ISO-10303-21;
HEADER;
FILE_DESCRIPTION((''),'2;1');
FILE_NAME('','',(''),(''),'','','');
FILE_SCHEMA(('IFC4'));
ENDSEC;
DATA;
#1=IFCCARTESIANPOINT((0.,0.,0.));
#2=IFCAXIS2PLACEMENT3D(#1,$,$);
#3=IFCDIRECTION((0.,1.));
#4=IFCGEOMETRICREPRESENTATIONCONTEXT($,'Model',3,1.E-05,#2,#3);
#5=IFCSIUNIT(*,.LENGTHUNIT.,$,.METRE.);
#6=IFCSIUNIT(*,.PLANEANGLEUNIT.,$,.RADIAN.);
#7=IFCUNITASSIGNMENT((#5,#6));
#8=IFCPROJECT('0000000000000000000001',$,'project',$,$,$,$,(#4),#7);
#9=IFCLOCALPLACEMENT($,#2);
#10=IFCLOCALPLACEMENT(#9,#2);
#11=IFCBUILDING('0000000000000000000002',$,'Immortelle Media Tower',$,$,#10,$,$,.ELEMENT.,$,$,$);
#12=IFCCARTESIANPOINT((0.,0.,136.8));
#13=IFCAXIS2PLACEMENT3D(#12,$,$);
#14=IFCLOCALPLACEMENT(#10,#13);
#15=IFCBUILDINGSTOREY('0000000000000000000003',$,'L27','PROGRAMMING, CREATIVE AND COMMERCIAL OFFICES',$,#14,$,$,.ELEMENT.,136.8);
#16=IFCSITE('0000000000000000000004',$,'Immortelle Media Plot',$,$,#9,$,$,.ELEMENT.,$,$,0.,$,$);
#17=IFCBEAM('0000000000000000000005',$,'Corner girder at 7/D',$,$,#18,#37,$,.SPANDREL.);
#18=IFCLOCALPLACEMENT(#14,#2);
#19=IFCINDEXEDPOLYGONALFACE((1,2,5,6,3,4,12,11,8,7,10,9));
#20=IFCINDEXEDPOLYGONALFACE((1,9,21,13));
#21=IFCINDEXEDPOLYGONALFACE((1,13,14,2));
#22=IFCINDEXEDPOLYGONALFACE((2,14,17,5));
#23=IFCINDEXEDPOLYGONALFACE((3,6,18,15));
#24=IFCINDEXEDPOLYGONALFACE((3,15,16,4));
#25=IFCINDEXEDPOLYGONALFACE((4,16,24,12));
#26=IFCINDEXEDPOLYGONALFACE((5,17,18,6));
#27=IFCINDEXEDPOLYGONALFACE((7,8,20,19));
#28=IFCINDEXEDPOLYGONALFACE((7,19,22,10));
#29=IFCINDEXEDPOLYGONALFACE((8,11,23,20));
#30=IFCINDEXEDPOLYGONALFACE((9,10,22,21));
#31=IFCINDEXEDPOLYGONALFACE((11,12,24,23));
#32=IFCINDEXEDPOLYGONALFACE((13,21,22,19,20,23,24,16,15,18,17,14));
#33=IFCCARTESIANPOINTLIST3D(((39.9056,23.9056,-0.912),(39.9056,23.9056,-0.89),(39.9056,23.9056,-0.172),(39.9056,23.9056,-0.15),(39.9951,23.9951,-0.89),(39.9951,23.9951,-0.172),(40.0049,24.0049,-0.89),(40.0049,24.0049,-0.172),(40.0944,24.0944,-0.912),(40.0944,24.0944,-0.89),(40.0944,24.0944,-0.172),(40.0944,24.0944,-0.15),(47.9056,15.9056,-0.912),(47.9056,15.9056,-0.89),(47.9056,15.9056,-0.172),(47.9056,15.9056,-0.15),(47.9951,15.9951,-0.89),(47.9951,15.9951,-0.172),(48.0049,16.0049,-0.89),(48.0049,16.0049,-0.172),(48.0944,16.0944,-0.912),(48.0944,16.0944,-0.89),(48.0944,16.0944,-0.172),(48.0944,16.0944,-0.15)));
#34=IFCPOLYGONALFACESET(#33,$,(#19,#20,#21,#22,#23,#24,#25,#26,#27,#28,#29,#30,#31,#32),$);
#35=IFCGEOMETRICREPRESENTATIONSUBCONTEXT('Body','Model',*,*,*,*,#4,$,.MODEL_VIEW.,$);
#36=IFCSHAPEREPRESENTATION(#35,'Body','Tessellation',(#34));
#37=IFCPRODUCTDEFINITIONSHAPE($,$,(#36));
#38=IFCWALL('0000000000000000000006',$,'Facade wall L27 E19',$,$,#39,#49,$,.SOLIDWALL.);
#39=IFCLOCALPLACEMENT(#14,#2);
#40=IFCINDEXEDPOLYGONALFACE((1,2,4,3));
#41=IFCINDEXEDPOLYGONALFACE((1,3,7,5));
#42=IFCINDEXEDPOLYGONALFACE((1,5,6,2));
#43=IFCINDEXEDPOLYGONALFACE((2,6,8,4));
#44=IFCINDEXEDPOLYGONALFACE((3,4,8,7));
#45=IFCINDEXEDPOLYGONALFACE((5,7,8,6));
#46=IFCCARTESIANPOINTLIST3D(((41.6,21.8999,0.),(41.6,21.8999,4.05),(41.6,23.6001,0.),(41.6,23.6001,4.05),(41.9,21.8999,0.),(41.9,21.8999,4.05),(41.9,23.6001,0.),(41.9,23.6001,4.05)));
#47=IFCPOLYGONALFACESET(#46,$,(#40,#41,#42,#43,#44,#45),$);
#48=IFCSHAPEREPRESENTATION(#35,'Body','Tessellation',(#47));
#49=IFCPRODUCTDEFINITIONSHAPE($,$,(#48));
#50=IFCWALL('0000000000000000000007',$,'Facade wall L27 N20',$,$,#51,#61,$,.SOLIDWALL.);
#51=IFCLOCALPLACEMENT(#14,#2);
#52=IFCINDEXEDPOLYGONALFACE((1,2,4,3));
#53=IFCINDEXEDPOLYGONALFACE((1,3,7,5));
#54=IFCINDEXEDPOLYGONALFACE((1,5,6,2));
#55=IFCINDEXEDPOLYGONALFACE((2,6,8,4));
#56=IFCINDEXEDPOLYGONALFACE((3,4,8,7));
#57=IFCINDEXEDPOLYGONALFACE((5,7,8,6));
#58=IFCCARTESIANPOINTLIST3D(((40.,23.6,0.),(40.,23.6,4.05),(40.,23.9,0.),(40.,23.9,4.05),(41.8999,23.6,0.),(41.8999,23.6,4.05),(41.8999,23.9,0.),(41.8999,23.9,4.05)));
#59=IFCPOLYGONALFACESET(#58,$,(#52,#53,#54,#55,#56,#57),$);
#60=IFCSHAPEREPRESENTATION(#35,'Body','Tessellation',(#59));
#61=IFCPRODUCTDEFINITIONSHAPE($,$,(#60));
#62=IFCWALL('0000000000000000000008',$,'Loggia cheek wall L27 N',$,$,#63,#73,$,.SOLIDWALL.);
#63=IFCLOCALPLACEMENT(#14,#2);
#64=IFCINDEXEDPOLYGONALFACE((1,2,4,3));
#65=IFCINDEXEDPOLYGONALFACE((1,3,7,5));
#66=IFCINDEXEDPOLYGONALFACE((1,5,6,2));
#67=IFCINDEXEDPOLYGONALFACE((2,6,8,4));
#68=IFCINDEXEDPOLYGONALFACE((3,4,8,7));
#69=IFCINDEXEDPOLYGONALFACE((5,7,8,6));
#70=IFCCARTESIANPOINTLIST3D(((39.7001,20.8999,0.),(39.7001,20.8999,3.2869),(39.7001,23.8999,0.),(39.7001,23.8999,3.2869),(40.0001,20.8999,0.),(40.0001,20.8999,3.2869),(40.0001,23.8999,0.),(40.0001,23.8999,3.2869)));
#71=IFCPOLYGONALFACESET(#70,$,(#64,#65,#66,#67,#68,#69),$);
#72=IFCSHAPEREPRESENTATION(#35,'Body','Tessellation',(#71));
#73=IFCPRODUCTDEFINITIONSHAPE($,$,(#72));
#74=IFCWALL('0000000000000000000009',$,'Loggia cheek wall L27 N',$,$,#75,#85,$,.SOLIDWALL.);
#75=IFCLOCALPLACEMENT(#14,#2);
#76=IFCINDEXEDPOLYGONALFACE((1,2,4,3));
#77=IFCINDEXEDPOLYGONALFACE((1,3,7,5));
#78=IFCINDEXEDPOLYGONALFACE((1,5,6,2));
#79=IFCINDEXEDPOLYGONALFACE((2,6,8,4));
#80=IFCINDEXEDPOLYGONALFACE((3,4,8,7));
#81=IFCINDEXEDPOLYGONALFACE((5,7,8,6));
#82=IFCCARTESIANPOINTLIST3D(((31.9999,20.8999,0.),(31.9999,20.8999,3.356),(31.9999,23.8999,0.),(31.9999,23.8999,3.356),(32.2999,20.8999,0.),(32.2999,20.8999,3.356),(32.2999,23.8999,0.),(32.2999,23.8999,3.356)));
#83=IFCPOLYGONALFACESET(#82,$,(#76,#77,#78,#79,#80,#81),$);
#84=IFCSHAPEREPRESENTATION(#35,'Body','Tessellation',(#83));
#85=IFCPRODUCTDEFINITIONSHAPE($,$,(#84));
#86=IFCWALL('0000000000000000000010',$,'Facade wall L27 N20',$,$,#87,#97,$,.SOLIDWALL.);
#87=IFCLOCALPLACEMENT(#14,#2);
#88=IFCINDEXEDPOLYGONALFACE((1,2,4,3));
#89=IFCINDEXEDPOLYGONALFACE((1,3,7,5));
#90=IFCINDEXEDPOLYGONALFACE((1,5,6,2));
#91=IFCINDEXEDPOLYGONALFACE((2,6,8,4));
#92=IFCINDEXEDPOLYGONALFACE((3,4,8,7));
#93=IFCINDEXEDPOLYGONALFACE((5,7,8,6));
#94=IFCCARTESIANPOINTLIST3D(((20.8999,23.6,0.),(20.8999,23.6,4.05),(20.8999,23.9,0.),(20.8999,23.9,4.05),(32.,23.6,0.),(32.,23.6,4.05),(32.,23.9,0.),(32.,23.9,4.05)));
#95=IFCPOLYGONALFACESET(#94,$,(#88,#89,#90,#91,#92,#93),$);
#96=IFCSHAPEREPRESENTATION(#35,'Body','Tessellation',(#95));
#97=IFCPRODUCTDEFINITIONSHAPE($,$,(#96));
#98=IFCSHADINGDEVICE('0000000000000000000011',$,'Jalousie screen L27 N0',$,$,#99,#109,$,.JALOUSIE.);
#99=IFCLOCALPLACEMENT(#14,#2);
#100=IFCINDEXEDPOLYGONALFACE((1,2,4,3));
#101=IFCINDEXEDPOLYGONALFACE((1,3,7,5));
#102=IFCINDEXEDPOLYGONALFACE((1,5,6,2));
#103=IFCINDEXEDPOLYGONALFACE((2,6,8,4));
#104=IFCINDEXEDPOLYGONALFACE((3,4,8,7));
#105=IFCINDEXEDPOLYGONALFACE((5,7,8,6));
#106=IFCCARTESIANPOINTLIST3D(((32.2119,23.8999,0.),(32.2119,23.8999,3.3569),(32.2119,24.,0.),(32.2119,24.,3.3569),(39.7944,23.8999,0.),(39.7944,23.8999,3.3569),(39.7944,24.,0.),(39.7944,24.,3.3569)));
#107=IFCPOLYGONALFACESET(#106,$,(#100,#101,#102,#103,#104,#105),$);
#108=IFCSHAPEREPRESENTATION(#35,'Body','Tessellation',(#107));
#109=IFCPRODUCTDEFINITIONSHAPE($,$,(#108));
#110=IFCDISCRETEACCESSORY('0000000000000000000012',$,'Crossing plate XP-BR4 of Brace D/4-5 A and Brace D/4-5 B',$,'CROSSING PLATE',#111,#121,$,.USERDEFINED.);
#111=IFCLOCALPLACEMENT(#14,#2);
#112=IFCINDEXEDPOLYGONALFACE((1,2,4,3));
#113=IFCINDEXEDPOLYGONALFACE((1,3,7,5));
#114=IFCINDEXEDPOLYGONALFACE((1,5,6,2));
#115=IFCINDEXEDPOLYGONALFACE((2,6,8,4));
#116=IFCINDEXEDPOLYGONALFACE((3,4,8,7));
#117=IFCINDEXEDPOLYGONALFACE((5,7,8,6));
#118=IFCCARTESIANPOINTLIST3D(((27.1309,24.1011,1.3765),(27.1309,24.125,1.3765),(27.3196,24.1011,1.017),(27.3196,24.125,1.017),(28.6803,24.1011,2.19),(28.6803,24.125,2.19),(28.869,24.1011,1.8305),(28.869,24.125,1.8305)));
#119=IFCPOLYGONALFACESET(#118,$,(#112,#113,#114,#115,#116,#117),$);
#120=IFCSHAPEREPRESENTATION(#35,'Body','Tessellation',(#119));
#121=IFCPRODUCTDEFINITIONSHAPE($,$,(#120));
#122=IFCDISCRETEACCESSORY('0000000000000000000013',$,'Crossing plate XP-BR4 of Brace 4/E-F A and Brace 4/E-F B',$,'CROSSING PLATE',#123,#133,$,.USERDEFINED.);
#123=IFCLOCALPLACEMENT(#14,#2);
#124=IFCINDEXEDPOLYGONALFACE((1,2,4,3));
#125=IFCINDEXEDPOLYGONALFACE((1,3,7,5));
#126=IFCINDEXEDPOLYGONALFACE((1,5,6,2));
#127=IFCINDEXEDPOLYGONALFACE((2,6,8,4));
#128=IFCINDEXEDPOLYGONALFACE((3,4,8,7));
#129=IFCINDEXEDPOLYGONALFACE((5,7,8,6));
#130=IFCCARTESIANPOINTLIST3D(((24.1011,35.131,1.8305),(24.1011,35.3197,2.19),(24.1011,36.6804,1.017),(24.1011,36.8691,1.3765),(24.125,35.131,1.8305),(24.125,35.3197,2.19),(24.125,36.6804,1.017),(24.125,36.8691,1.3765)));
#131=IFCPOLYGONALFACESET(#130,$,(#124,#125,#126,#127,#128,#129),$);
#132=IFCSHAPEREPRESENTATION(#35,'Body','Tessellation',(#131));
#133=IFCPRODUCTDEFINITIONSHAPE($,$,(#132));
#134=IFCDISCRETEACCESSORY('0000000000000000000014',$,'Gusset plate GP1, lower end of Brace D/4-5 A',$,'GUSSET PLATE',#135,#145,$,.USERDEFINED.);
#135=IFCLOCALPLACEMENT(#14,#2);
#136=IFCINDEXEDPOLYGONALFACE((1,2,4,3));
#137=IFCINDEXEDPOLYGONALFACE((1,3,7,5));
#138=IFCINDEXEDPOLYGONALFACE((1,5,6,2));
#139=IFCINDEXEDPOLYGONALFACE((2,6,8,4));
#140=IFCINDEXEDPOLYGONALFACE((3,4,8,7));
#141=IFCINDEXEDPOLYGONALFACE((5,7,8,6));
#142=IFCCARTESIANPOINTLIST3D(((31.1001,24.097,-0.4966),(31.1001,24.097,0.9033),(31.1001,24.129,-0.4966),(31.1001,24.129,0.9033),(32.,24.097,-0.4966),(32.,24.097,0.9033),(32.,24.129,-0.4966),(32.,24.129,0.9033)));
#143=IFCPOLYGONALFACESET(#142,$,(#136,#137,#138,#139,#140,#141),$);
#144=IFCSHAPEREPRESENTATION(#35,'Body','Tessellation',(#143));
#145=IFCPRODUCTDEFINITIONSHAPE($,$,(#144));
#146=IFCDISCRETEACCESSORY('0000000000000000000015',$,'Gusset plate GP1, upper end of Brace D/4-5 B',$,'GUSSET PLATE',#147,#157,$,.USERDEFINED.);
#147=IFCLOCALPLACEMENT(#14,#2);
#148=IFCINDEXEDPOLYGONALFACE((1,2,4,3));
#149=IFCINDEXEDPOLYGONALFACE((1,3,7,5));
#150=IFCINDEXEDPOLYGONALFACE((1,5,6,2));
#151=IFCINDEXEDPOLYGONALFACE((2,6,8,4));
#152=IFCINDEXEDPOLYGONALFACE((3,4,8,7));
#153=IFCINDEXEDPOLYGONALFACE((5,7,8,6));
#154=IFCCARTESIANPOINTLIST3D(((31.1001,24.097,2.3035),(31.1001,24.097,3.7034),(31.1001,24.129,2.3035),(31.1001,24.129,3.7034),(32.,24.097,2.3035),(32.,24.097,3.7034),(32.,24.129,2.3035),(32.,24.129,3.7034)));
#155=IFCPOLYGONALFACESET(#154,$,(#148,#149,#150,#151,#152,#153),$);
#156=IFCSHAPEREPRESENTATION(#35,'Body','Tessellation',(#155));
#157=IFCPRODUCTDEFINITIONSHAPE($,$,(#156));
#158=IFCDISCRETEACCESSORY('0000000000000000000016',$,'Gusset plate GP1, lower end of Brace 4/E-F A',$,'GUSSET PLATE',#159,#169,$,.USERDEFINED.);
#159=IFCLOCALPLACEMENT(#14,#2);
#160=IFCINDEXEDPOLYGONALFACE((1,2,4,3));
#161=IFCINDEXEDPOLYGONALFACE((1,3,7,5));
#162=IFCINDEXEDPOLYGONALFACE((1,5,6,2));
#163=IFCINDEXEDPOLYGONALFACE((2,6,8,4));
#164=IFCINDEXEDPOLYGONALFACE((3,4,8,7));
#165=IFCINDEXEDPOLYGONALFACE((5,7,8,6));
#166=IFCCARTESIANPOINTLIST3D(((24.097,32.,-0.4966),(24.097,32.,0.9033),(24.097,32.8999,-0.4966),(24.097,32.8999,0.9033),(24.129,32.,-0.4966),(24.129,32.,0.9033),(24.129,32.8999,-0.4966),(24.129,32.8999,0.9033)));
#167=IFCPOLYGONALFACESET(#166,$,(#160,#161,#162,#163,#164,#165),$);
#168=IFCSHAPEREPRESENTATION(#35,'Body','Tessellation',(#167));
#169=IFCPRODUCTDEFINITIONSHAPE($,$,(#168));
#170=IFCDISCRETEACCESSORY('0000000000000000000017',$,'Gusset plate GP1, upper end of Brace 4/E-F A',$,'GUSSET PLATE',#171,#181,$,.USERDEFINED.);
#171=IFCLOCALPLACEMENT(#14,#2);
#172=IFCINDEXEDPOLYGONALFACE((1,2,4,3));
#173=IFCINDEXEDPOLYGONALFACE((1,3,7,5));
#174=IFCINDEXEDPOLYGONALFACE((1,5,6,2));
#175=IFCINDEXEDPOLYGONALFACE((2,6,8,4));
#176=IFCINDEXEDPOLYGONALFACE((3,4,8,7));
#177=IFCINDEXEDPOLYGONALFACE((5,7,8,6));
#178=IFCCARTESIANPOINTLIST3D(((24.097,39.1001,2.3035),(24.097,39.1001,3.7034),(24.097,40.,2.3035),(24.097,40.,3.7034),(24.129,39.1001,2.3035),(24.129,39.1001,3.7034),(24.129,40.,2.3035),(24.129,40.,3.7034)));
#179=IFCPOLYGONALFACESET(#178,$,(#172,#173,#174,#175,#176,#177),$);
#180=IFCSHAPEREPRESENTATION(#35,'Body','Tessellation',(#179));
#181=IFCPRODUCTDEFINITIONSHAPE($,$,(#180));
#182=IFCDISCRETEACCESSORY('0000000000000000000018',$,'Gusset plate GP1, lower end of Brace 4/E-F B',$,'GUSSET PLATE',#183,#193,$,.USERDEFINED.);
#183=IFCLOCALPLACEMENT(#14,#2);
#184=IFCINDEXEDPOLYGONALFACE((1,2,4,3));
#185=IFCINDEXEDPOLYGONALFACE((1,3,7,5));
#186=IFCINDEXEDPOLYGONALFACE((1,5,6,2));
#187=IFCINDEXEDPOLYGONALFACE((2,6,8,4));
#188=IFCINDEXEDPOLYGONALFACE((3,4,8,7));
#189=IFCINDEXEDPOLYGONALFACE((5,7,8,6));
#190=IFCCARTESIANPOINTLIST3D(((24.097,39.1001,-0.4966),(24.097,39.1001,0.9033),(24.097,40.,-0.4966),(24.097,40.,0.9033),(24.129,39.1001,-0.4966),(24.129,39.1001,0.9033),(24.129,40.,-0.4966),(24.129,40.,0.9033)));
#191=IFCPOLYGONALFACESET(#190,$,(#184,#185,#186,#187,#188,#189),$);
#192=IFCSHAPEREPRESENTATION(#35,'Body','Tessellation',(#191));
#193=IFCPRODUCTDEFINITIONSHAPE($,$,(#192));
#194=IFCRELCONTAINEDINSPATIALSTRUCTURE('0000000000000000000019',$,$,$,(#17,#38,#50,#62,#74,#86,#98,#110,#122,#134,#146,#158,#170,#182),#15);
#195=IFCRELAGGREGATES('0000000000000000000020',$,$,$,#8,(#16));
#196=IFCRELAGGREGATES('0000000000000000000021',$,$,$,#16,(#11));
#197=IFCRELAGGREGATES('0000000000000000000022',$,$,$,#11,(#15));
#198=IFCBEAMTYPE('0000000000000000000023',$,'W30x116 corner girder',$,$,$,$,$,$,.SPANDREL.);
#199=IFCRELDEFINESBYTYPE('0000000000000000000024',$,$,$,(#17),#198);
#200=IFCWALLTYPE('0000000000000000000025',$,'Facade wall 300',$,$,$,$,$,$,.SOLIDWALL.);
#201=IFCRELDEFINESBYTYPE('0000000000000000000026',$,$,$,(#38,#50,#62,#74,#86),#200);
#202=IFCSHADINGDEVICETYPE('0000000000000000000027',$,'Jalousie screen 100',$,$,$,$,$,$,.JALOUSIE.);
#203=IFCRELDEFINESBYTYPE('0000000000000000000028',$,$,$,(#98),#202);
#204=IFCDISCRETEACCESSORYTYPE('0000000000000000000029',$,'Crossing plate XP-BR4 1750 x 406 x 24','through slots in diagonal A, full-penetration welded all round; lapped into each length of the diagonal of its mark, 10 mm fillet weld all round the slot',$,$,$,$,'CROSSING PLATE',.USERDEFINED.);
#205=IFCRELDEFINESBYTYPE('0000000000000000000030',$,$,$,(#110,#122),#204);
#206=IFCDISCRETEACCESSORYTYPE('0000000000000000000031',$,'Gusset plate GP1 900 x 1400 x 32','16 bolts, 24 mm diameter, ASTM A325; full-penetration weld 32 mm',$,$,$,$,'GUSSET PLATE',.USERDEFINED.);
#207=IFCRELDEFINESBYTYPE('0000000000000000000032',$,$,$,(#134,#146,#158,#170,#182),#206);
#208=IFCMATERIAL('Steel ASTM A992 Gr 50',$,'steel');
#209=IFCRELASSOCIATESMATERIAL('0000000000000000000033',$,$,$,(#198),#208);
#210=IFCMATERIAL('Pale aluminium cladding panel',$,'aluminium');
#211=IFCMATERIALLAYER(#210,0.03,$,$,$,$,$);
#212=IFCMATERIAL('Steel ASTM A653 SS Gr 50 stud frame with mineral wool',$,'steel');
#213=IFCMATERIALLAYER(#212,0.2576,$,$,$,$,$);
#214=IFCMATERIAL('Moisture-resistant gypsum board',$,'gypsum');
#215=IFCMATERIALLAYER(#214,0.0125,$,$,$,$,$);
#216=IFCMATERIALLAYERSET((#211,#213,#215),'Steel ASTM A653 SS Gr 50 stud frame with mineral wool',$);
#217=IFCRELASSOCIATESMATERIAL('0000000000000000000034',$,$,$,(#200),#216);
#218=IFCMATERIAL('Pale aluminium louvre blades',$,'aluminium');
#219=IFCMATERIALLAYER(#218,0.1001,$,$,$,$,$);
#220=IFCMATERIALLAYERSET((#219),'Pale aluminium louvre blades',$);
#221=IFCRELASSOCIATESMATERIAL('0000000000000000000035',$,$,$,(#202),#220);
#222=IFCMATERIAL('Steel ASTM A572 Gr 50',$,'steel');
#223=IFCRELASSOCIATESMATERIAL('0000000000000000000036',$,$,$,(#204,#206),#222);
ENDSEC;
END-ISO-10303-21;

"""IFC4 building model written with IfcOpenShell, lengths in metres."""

from ifc_helpers import new_model, si_unit, direction, frame, frame_2d, origin, origin_2d, place, context, subcontext, project, spatial, rectangle, i_section, extrude, material, layer, layer_set, material_profile, profile_set, type_object, element, save


model = new_model("IFC4")

# Units and contexts
model_context = context("Model", 3, precision=1e-05, world=origin(), true_north=direction((0.0, 1.0)))
body_context = subcontext(model_context, "Body", "Model", "MODEL_VIEW")
ifc_project = project(units=[si_unit("LENGTHUNIT", "METRE"), si_unit("PLANEANGLEUNIT", "RADIAN")], contexts=[model_context])

# Site, building, storey
site_placement = place(None, origin())
site = spatial("IfcSite", under=ifc_project, at=site_placement, Name="Immortelle Media Plot", CompositionType="ELEMENT", RefElevation=0.0)
building_placement = place(site_placement, origin())
building = spatial("IfcBuilding", under=site, at=building_placement, Name="Immortelle Media Tower", CompositionType="ELEMENT")
storey_placement = place(building_placement, frame((0.0, 0.0, 136.8)))
storey = spatial("IfcBuildingStorey", under=building, at=storey_placement, Name="L27", Description="PROGRAMMING, CREATIVE AND COMMERCIAL OFFICES", CompositionType="ELEMENT", Elevation=136.8)

# Shared definitions
ifc_material_1 = material(Name="Steel ASTM A992 Gr 50", Category="steel")

# Beam
ifc_material_profile_1 = material_profile(ifc_material_1, i_section(OverallWidth=0.2671, OverallDepth=0.762, WebThickness=0.0139, FlangeThickness=0.022, at=origin_2d()), Name="W30x116")
ifc_profile_set_1 = profile_set([ifc_material_profile_1], Name="Steel ASTM A992 Gr 50")
beam_type_1 = type_object("IfcBeamType", Name="W30x116 corner girder", PredefinedType="SPANDREL", material=ifc_profile_set_1)
beam_1_placement = place(storey_placement, frame((40.0, 24.0, -0.531), z_axis=(0.707107, -0.707107, 0.0), x_axis=(0.707107, 0.707107, 0.0)))
element("IfcBeam", 1, at=beam_1_placement, inside=storey, type_object=beam_type_1, Name="Corner girder at 7/D", PredefinedType="SPANDREL", context=body_context, shape_type="SweptSolid", body=[
    extrude(i_section(OverallWidth=0.2671, OverallDepth=0.762, WebThickness=0.0139, FlangeThickness=0.022, at=origin_2d()), origin(), (0.0, 0.0, 1.0), 11.3137),
])

# Walls
ifc_material_2 = material(Name="Pale aluminium cladding panel", Category="aluminium")
ifc_layer_1 = layer(ifc_material_2, 0.03)
ifc_material_3 = material(Name="Steel ASTM A653 SS Gr 50 stud frame with mineral wool", Category="steel")
ifc_layer_2 = layer(ifc_material_3, 0.2576)
ifc_material_4 = material(Name="Moisture-resistant gypsum board", Category="gypsum")
ifc_layer_3 = layer(ifc_material_4, 0.0125)
ifc_layer_set_1 = layer_set([ifc_layer_1, ifc_layer_2, ifc_layer_3], Name="Steel ASTM A653 SS Gr 50 stud frame with mineral wool")
wall_type = type_object("IfcWallType", Name="Facade wall 300", PredefinedType="SOLIDWALL", material=ifc_layer_set_1)
wall_1_placement = place(storey_placement, frame((41.75, 21.8999, 0.0), z_axis=(0.0, 0.0, 1.0), x_axis=(0.0, 1.0, 0.0)))
element("IfcWall", 2, at=wall_1_placement, inside=storey, type_object=wall_type, Name="Facade wall L27 E19", PredefinedType="SOLIDWALL", context=body_context, shape_type="SweptSolid", body=[
    extrude(rectangle(XDim=1.7002, YDim=0.3, at=frame_2d((0.8501, 0.0))), origin(), (0.0, 0.0, 1.0), 4.05),
])
wall_2_placement = place(storey_placement, frame((41.8999, 23.75, 0.0), z_axis=(0.0, 0.0, 1.0), x_axis=(-1.0, 0.0, 0.0)))
element("IfcWall", 3, at=wall_2_placement, inside=storey, type_object=wall_type, Name="Facade wall L27 N20", PredefinedType="SOLIDWALL", context=body_context, shape_type="SweptSolid", body=[
    extrude(rectangle(XDim=1.8999, YDim=0.3, at=frame_2d((0.95, 0.0))), origin(), (0.0, 0.0, 1.0), 4.05),
])
wall_3_placement = place(storey_placement, frame((39.8501, 23.8999, 0.0), z_axis=(0.0, 0.0, 1.0), x_axis=(0.0, -1.0, 0.0)))
element("IfcWall", 4, at=wall_3_placement, inside=storey, type_object=wall_type, Name="Loggia cheek wall L27 N", PredefinedType="SOLIDWALL", context=body_context, shape_type="SweptSolid", body=[
    extrude(rectangle(XDim=3.0, YDim=0.3, at=frame_2d((1.5, 0.0))), origin(), (0.0, 0.0, 1.0), 3.2869),
])
wall_4_placement = place(storey_placement, frame((32.1499, 23.8999, 0.0), z_axis=(0.0, 0.0, 1.0), x_axis=(0.0, -1.0, 0.0)))
element("IfcWall", 5, at=wall_4_placement, inside=storey, type_object=wall_type, Name="Loggia cheek wall L27 N", PredefinedType="SOLIDWALL", context=body_context, shape_type="SweptSolid", body=[
    extrude(rectangle(XDim=3.0, YDim=0.3, at=frame_2d((1.5, 0.0))), origin(), (0.0, 0.0, 1.0), 3.356),
])
wall_5_placement = place(storey_placement, frame((32.0, 23.75, 0.0), z_axis=(0.0, 0.0, 1.0), x_axis=(-1.0, 0.0, 0.0)))
element("IfcWall", 6, at=wall_5_placement, inside=storey, type_object=wall_type, Name="Facade wall L27 N20", PredefinedType="SOLIDWALL", context=body_context, shape_type="SweptSolid", body=[
    extrude(rectangle(XDim=11.1001, YDim=0.3, at=frame_2d((5.55, 0.0))), origin(), (0.0, 0.0, 1.0), 4.05),
])

# Shading device
ifc_material_5 = material(Name="Pale aluminium louvre blades", Category="aluminium")
ifc_layer_4 = layer(ifc_material_5, 0.1001)
ifc_layer_set_2 = layer_set([ifc_layer_4], Name="Pale aluminium louvre blades")
shading_device_type = type_object("IfcShadingDeviceType", Name="Jalousie screen 100", PredefinedType="JALOUSIE", material=ifc_layer_set_2)
shading_device_placement = place(storey_placement, frame((36.0032, 23.95, 0.0), z_axis=(0.0, 0.0, 1.0), x_axis=(-1.0, 0.0, 0.0)))
element("IfcShadingDevice", 7, at=shading_device_placement, inside=storey, type_object=shading_device_type, Name="Jalousie screen L27 N0", PredefinedType="JALOUSIE", context=body_context, shape_type="SweptSolid", body=[
    extrude(rectangle(XDim=7.5825, YDim=0.1001, at=origin_2d()), origin(), (0.0, 0.0, 1.0), 3.3569),
])

# Discrete accessories
ifc_material_6 = material(Name="Steel ASTM A572 Gr 50", Category="steel")
ifc_material_profile_2 = material_profile(ifc_material_6, rectangle(XDim=0.0239, YDim=0.406, at=origin_2d()), Name="PL 24 x 406")
ifc_profile_set_2 = profile_set([ifc_material_profile_2], Name="Steel ASTM A572 Gr 50")
discrete_accessory_type_1 = type_object("IfcDiscreteAccessoryType", Name="Crossing plate XP-BR4 1750 x 406 x 24", Description="through slots in diagonal A, full-penetration welded all round; lapped into each length of the diagonal of its mark, 10 mm fillet weld all round the slot", ElementType="CROSSING PLATE", PredefinedType="USERDEFINED", material=ifc_profile_set_2)
for number, where, z_axis, x_axis, name in (
    (8, (28.7747, 24.113, 2.0103), (-0.885378, 0.0, -0.464872), (0.0, -1.0, 0.0), "Crossing plate XP-BR4 of Brace D/4-5 A and Brace D/4-5 B"),
    (9, (24.113, 35.2253, 2.0103), (0.0, 0.885378, -0.464872), (-1.0, 0.0, 0.0), "Crossing plate XP-BR4 of Brace 4/E-F A and Brace 4/E-F B"),
):
    element("IfcDiscreteAccessory", number, at=place(storey_placement, frame(where, z_axis=z_axis, x_axis=x_axis)), inside=storey, type_object=discrete_accessory_type_1, Name=name, ObjectType="CROSSING PLATE", PredefinedType="USERDEFINED", context=body_context, shape_type="SweptSolid", body=[
        extrude(rectangle(XDim=0.0239, YDim=0.406, at=origin_2d()), origin(), (0.0, 0.0, 1.0), 1.75),
    ])
ifc_material_profile_3 = material_profile(ifc_material_6, rectangle(XDim=0.032, YDim=1.3999, at=origin_2d()), Name="PL 32 x 1400")
ifc_profile_set_3 = profile_set([ifc_material_profile_3], Name="Steel ASTM A572 Gr 50")
discrete_accessory_type_2 = type_object("IfcDiscreteAccessoryType", Name="Gusset plate GP1 900 x 1400 x 32", Description="16 bolts, 24 mm diameter, ASTM A325; full-penetration weld 32 mm", ElementType="GUSSET PLATE", PredefinedType="USERDEFINED", material=ifc_profile_set_3)
for number, where, z_axis, x_axis, name in (
    (10, (32.0, 24.113, 0.2034), (-1.0, 0.0, 0.0), (0.0, -1.0, 0.0), "Gusset plate GP1, lower end of Brace D/4-5 A"),
    (11, (32.0, 24.113, 3.0034), (-1.0, 0.0, 0.0), (0.0, -1.0, 0.0), "Gusset plate GP1, upper end of Brace D/4-5 B"),
    (12, (24.113, 32.0, 0.2034), (0.0, 1.0, 0.0), (-1.0, 0.0, 0.0), "Gusset plate GP1, lower end of Brace 4/E-F A"),
    (13, (24.113, 40.0, 3.0034), (0.0, -1.0, 0.0), (1.0, 0.0, 0.0), "Gusset plate GP1, upper end of Brace 4/E-F A"),
    (14, (24.113, 40.0, 0.2034), (0.0, -1.0, 0.0), (1.0, 0.0, 0.0), "Gusset plate GP1, lower end of Brace 4/E-F B"),
):
    element("IfcDiscreteAccessory", number, at=place(storey_placement, frame(where, z_axis=z_axis, x_axis=x_axis)), inside=storey, type_object=discrete_accessory_type_2, Name=name, ObjectType="GUSSET PLATE", PredefinedType="USERDEFINED", context=body_context, shape_type="SweptSolid", body=[
        extrude(rectangle(XDim=0.032, YDim=1.3999, at=origin_2d()), origin(), (0.0, 0.0, 1.0), 0.8999),
    ])

save(model, "model.ifc")
